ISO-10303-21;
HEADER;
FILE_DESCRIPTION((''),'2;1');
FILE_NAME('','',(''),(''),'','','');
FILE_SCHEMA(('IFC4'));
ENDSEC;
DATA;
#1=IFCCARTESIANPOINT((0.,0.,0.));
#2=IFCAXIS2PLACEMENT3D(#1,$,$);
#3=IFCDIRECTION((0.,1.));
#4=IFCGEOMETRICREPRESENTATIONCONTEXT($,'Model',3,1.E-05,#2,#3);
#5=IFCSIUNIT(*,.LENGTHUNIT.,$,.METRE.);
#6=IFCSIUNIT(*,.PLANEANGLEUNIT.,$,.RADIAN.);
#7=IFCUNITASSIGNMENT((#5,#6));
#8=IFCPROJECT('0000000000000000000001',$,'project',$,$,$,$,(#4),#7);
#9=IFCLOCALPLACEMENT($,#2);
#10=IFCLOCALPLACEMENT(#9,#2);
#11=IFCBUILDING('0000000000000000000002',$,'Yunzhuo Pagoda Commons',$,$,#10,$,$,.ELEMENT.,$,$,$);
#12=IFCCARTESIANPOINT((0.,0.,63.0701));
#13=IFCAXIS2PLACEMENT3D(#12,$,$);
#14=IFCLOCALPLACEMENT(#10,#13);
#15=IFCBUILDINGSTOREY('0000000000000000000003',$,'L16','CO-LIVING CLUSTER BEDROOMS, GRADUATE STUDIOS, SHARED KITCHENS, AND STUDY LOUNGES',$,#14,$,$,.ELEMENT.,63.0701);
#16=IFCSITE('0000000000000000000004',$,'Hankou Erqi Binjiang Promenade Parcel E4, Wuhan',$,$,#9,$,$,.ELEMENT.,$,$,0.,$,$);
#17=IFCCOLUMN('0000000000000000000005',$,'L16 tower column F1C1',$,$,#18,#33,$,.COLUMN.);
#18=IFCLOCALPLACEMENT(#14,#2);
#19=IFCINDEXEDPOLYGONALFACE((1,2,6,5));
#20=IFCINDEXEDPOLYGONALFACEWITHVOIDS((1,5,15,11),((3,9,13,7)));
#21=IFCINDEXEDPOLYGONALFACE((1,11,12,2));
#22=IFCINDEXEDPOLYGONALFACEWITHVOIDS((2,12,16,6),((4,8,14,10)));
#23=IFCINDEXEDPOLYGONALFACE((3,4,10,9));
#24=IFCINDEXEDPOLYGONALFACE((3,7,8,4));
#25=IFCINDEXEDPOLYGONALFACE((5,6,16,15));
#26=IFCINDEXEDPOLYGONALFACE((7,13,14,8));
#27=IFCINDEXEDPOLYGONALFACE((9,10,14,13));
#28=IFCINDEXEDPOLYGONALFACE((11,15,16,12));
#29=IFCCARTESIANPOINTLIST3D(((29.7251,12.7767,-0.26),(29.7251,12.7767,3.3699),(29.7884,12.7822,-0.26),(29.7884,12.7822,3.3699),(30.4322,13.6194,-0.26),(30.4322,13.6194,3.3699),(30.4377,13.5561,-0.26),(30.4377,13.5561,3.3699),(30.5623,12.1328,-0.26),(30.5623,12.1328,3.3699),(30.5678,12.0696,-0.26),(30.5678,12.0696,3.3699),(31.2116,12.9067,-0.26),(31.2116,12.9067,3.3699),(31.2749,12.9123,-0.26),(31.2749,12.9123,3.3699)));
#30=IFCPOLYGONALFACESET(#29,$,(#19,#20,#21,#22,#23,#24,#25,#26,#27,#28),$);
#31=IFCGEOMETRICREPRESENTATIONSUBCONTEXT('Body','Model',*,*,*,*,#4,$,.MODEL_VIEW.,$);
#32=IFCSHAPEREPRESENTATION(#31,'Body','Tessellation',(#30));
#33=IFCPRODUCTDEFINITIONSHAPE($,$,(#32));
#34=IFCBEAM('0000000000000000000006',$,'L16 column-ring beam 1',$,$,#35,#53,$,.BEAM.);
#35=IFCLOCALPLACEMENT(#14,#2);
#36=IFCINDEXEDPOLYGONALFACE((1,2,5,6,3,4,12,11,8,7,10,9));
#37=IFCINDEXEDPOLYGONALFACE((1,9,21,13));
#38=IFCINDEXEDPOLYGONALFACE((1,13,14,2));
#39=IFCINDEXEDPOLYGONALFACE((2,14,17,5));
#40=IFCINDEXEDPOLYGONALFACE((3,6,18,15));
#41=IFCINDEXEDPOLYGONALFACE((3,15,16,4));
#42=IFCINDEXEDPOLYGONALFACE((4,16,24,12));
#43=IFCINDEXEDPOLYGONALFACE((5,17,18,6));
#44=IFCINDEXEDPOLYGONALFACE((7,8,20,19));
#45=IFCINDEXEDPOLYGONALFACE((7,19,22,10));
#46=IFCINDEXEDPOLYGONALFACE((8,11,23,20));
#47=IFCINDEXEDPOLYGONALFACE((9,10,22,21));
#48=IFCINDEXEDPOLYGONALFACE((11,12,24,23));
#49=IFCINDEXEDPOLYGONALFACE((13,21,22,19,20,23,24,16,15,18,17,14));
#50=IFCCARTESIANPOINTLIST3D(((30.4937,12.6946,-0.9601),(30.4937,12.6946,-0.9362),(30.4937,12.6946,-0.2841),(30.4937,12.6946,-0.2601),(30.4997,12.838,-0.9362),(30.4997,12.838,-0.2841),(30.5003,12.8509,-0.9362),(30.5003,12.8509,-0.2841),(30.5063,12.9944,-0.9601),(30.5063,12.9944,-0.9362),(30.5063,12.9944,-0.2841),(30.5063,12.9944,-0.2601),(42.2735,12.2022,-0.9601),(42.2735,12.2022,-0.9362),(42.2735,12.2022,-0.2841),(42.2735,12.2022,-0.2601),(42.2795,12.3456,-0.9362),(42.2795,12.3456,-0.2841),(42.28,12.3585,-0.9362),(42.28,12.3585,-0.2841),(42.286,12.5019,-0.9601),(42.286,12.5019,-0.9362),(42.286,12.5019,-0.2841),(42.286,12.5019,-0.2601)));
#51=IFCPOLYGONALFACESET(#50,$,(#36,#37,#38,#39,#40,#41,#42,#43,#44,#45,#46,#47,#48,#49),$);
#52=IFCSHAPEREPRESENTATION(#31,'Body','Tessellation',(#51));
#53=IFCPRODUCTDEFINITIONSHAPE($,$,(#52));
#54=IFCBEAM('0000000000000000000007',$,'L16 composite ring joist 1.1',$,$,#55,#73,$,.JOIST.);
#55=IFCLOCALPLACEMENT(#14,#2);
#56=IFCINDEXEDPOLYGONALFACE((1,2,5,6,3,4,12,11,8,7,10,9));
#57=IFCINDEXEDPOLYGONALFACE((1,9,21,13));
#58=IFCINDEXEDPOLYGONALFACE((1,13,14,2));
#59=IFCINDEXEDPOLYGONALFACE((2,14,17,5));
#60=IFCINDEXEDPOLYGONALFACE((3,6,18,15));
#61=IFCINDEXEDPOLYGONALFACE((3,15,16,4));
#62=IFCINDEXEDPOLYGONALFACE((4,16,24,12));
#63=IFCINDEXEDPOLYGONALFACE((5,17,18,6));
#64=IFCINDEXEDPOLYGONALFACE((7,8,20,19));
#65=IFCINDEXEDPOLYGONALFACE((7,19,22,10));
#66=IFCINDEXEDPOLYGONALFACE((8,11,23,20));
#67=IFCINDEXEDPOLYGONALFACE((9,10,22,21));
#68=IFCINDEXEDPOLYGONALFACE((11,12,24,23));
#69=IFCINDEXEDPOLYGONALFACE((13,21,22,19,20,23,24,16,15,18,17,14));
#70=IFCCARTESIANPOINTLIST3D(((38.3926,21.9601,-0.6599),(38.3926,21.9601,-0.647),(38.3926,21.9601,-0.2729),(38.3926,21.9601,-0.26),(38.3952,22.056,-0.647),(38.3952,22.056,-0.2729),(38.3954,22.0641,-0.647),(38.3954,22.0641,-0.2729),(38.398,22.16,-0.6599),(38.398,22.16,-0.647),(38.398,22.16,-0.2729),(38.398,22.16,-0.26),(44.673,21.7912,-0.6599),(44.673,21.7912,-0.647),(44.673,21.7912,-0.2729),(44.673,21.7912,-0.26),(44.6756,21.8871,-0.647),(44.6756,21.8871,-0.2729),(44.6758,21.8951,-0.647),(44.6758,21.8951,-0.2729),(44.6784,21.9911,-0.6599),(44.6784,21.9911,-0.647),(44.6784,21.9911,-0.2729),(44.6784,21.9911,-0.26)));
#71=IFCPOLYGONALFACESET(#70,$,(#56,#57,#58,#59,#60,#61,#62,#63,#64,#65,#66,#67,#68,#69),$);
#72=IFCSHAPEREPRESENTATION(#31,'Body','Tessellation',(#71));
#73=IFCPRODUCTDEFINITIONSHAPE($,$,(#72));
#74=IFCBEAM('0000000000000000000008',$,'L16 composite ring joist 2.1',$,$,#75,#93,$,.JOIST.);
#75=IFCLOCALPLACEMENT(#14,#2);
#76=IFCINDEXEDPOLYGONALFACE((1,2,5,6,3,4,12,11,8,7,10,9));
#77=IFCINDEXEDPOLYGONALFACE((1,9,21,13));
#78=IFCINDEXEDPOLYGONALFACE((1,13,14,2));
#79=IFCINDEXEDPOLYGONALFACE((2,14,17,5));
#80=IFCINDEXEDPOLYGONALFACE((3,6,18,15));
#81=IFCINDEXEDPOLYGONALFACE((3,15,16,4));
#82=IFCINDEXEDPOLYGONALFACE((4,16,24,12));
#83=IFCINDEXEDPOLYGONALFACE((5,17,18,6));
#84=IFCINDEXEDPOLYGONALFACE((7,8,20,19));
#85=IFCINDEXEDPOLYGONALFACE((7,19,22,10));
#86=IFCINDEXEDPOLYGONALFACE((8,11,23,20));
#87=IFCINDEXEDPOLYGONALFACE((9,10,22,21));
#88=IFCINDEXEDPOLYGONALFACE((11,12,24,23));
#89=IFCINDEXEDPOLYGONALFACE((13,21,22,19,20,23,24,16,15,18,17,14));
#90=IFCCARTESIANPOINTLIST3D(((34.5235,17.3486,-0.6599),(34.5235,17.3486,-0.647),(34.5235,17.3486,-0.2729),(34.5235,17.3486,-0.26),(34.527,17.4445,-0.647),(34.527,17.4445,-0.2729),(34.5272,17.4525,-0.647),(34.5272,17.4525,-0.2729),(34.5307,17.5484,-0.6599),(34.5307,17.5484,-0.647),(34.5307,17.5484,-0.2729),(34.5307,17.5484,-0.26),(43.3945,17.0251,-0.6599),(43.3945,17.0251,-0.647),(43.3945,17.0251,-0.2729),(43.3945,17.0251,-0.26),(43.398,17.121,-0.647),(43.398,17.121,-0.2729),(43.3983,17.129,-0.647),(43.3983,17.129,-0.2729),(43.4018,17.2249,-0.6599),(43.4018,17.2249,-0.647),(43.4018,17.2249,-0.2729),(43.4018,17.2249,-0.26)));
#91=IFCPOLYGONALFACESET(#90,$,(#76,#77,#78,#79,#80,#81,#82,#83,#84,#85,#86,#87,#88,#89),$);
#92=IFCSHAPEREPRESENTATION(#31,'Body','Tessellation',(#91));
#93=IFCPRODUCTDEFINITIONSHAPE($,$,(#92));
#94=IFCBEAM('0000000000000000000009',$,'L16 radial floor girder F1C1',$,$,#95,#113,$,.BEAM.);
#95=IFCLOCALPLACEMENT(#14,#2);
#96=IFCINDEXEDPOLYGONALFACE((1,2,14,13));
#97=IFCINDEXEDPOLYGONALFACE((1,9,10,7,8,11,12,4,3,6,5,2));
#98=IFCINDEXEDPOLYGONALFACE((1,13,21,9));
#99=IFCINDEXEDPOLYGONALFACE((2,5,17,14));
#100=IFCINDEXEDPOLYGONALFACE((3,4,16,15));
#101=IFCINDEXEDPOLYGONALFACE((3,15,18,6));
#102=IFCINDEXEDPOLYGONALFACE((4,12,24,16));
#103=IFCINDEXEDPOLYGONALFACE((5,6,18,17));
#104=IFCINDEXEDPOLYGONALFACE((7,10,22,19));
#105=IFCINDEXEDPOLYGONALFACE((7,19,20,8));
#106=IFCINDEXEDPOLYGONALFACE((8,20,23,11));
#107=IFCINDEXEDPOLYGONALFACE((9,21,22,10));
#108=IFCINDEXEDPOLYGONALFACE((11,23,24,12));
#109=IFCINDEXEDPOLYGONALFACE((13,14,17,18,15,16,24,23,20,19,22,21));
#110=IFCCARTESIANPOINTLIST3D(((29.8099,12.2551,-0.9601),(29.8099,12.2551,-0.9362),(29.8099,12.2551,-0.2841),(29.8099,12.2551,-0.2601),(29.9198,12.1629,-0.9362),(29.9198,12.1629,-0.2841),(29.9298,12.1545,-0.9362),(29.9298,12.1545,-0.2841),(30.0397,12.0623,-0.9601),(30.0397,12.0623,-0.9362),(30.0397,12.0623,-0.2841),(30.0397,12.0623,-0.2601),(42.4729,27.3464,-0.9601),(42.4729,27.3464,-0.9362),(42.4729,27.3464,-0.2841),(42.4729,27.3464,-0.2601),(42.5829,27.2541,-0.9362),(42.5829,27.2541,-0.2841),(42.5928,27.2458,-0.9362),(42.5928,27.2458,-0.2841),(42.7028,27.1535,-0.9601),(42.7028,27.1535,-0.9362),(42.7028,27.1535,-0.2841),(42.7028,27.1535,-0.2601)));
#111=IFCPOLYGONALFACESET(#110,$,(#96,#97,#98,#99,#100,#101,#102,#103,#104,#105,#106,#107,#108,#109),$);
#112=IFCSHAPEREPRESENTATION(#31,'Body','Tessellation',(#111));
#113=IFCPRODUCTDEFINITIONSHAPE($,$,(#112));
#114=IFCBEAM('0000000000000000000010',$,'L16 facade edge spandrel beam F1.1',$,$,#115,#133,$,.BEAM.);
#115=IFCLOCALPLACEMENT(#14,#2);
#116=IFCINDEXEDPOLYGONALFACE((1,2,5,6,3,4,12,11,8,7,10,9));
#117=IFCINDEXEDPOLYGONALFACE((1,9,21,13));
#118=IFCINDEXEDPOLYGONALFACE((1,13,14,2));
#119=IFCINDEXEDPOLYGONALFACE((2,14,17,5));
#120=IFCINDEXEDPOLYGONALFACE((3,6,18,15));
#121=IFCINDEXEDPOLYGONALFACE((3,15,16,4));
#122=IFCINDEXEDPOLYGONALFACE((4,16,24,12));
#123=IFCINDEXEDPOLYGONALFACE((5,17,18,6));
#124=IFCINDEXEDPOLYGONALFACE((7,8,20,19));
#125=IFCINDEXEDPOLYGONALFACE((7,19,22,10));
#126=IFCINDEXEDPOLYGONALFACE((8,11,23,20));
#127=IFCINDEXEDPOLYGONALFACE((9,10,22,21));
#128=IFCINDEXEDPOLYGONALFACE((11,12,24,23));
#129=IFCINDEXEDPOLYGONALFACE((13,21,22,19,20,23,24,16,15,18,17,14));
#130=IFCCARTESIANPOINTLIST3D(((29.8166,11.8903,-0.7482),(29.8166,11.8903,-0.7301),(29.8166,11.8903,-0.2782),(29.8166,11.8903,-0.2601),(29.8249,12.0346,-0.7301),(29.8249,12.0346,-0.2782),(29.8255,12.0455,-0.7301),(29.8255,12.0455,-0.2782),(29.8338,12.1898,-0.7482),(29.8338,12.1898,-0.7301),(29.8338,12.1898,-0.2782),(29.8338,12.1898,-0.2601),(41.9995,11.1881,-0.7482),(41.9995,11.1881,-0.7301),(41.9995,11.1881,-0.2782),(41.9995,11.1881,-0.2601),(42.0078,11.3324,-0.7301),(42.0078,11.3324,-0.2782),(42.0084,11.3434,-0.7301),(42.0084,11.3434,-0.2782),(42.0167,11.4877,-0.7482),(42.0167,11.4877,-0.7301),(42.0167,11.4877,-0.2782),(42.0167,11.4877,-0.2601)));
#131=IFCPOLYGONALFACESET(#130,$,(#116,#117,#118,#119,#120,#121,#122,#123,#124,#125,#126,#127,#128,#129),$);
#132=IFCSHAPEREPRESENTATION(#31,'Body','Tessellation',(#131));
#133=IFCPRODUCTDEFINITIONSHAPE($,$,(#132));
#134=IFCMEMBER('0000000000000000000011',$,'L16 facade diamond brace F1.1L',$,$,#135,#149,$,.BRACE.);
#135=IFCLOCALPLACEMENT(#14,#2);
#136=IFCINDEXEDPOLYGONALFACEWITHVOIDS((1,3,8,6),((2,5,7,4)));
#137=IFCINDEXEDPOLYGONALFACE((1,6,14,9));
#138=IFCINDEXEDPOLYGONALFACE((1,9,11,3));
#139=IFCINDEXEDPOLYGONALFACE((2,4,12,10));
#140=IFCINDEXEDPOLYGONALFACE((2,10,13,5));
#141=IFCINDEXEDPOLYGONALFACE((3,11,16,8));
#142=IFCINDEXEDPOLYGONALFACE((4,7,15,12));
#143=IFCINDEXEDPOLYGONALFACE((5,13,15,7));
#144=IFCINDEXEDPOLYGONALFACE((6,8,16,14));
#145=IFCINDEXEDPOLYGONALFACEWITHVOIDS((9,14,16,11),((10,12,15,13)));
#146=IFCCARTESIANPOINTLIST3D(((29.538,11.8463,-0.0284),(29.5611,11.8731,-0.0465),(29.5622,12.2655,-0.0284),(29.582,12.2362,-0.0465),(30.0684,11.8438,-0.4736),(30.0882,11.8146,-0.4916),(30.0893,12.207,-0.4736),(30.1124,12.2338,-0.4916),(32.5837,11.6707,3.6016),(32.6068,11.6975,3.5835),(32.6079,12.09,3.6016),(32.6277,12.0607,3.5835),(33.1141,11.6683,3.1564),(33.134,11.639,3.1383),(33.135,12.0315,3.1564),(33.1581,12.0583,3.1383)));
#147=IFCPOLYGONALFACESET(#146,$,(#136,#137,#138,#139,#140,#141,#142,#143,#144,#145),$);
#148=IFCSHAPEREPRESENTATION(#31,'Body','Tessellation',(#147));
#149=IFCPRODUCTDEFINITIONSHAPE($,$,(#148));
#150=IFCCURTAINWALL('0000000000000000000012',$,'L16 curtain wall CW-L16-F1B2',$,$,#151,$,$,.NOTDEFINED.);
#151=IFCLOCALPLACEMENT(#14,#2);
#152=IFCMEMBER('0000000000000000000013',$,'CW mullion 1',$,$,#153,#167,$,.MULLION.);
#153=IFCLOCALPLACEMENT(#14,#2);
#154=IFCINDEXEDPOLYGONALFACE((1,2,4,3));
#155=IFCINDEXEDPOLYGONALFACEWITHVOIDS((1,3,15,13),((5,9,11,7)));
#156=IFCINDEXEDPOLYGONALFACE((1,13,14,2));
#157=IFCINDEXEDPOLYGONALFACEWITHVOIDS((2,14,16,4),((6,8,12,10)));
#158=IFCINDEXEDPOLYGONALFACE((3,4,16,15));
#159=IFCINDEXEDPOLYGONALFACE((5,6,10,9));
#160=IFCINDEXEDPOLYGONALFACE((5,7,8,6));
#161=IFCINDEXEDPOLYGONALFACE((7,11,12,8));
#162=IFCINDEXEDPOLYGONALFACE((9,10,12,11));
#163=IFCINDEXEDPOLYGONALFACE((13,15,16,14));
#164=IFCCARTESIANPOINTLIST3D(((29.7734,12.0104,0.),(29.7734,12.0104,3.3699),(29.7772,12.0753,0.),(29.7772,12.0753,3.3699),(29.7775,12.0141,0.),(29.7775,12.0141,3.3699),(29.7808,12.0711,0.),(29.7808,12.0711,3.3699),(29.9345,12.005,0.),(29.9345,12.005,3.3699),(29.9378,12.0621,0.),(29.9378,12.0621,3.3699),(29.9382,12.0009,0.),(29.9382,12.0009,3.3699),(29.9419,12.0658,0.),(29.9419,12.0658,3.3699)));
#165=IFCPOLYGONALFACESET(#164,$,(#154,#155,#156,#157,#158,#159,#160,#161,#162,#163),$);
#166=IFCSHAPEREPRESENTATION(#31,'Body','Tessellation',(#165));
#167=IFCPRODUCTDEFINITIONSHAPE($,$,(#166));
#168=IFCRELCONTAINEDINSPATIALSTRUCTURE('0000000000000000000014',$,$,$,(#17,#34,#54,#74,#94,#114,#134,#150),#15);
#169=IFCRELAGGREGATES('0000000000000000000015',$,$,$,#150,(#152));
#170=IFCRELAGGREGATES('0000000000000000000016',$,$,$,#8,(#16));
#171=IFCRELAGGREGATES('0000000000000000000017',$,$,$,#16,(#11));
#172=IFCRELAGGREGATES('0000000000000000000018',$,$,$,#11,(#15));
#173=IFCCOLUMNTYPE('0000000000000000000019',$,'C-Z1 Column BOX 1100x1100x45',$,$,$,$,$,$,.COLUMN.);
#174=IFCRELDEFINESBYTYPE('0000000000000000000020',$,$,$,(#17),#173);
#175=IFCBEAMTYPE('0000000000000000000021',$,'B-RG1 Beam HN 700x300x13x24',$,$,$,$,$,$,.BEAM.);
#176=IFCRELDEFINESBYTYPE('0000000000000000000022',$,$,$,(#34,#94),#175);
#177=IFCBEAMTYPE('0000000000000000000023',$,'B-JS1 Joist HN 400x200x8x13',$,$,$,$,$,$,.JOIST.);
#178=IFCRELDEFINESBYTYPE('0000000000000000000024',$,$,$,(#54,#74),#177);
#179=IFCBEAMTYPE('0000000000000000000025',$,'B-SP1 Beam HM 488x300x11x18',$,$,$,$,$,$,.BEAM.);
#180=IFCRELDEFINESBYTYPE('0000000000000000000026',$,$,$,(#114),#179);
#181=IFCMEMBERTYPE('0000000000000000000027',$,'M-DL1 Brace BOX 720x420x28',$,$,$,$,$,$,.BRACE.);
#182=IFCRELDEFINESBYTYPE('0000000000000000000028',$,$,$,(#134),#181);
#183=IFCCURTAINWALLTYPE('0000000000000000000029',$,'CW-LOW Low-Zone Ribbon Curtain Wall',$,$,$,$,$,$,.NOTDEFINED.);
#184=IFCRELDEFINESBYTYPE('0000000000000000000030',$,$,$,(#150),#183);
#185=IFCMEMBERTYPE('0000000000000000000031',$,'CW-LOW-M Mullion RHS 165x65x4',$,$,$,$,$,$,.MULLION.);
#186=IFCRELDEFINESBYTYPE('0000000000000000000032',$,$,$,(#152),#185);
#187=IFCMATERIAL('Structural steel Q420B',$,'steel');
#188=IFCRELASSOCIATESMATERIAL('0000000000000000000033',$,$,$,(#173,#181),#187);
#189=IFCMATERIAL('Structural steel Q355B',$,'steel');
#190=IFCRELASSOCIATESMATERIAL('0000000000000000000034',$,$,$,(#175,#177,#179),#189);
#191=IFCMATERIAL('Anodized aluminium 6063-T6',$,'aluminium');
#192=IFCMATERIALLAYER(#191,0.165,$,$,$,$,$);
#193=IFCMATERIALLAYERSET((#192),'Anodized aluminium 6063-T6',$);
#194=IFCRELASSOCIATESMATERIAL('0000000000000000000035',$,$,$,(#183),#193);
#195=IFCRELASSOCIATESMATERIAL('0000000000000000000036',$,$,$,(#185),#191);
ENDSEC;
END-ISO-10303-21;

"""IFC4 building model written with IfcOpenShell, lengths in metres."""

from ifc_helpers import new_model, si_unit, direction, frame, origin, origin_2d, place, context, subcontext, project, spatial, hollow_rectangle, i_section, extrude, source, transform, mapped, material, layer, layer_set, material_profile, profile_set, type_object, element, aggregate, save


model = new_model("IFC4")

# Units and contexts
model_context = context("Model", 3, precision=1e-05, world=origin(), true_north=direction((0.0, 1.0)))
body_context = subcontext(model_context, "Body", "Model", "MODEL_VIEW")
ifc_project = project(units=[si_unit("LENGTHUNIT", "METRE"), si_unit("PLANEANGLEUNIT", "RADIAN")], contexts=[model_context])

# Site, building, storey
site_placement = place(None, origin())
site = spatial("IfcSite", under=ifc_project, at=site_placement, Name="Hankou Erqi Binjiang Promenade Parcel E4, Wuhan", CompositionType="ELEMENT", RefElevation=0.0)
building_placement = place(site_placement, origin())
building = spatial("IfcBuilding", under=site, at=building_placement, Name="Yunzhuo Pagoda Commons", CompositionType="ELEMENT")
storey_placement = place(building_placement, frame((0.0, 0.0, 63.0701)))
storey = spatial("IfcBuildingStorey", under=building, at=storey_placement, Name="L16", Description="CO-LIVING CLUSTER BEDROOMS, GRADUATE STUDIOS, SHARED KITCHENS, AND STUDY LOUNGES", CompositionType="ELEMENT", Elevation=63.0701)

# Column
ifc_material_1 = material(Name="Structural steel Q420B", Category="steel")
ifc_material_profile_1 = material_profile(ifc_material_1, hollow_rectangle(XDim=1.1001, YDim=1.1001, WallThickness=0.0449, at=origin_2d()), Name="Structural steel Q420B")
ifc_profile_set_1 = profile_set([ifc_material_profile_1], Name="Structural steel Q420B")
column_type = type_object("IfcColumnType", Name="C-Z1 Column BOX 1100x1100x45", PredefinedType="COLUMN", material=ifc_profile_set_1)
shared_shape_1 = source(origin(), body_context, "Body", "SweptSolid", [
    extrude(hollow_rectangle(XDim=1.1001, YDim=1.1001, WallThickness=0.0449, at=origin_2d()), origin(), (0.0, 0.0, 1.0), 3.6299),
])
column_placement = place(storey_placement, frame((30.5, 12.8445, -0.26), z_axis=(0.0, 0.0, 1.0), x_axis=(0.766044, -0.642788, 0.0)))
element("IfcColumn", 1, at=column_placement, inside=storey, type_object=column_type, Name="L16 tower column F1C1", PredefinedType="COLUMN", context=body_context, shape_type="MappedRepresentation", body=[
    mapped(shared_shape_1, transform((0.0, 0.0, 0.0), scale=1.0)),
])

# Beams
ifc_material_2 = material(Name="Structural steel Q355B", Category="steel")
ifc_material_profile_2 = material_profile(ifc_material_2, i_section(OverallWidth=0.3, OverallDepth=0.7, WebThickness=0.0129, FlangeThickness=0.0239, at=origin_2d()), Name="Structural steel Q355B")
ifc_profile_set_2 = profile_set([ifc_material_profile_2], Name="Structural steel Q355B")
beam_type_1 = type_object("IfcBeamType", Name="B-RG1 Beam HN 700x300x13x24", PredefinedType="BEAM", material=ifc_profile_set_2)
shared_shape_2 = source(origin(), body_context, "Body", "SweptSolid", [
    extrude(i_section(OverallWidth=0.3, OverallDepth=0.7, WebThickness=0.0129, FlangeThickness=0.0239, at=origin_2d()), origin(), (0.0, 0.0, 1.0), 11.79),
])
beam_1_placement = place(storey_placement, frame((30.5, 12.8445, -0.6101), z_axis=(0.999127, -0.041767, 0.0), x_axis=(0.041767, 0.999127, 0.0)))
element("IfcBeam", 2, at=beam_1_placement, inside=storey, type_object=beam_type_1, Name="L16 column-ring beam 1", PredefinedType="BEAM", context=body_context, shape_type="MappedRepresentation", body=[
    mapped(shared_shape_2, transform((0.0, 0.0, 0.0), scale=1.0)),
])
ifc_material_profile_3 = material_profile(ifc_material_2, i_section(OverallWidth=0.2, OverallDepth=0.3999, WebThickness=0.0081, FlangeThickness=0.0129, at=origin_2d()), Name="Structural steel Q355B")
ifc_profile_set_3 = profile_set([ifc_material_profile_3], Name="Structural steel Q355B")
beam_type_2 = type_object("IfcBeamType", Name="B-JS1 Joist HN 400x200x8x13", PredefinedType="JOIST", material=ifc_profile_set_3)
shared_shape_3 = source(origin(), body_context, "Body", "SweptSolid", [
    extrude(i_section(OverallWidth=0.2, OverallDepth=0.3999, WebThickness=0.0081, FlangeThickness=0.0129, at=origin_2d()), origin(), (0.0, 0.0, 1.0), 6.2827),
])
beam_2_placement = place(storey_placement, frame((38.3953, 22.0601, -0.46), z_axis=(0.999638, -0.02689, 0.0), x_axis=(0.02689, 0.999638, 0.0)))
element("IfcBeam", 3, at=beam_2_placement, inside=storey, type_object=beam_type_2, Name="L16 composite ring joist 1.1", PredefinedType="JOIST", context=body_context, shape_type="MappedRepresentation", body=[
    mapped(shared_shape_3, transform((0.0, 0.0, 0.0), scale=1.0)),
])
shared_shape_4 = source(origin(), body_context, "Body", "SweptSolid", [
    extrude(i_section(OverallWidth=0.2, OverallDepth=0.3999, WebThickness=0.0081, FlangeThickness=0.0129, at=origin_2d()), origin(), (0.0, 0.0, 1.0), 8.877),
])
beam_3_placement = place(storey_placement, frame((34.5271, 17.4485, -0.46), z_axis=(0.999336, -0.036441, 0.0), x_axis=(0.036441, 0.999336, 0.0)))
element("IfcBeam", 4, at=beam_3_placement, inside=storey, type_object=beam_type_2, Name="L16 composite ring joist 2.1", PredefinedType="JOIST", context=body_context, shape_type="MappedRepresentation", body=[
    mapped(shared_shape_4, transform((0.0, 0.0, 0.0), scale=1.0)),
])
shared_shape_5 = source(origin(), body_context, "Body", "SweptSolid", [
    extrude(i_section(OverallWidth=0.3, OverallDepth=0.7, WebThickness=0.0129, FlangeThickness=0.0239, at=origin_2d()), origin(), (0.0, 0.0, 1.0), 19.7002),
])
beam_4_placement = place(storey_placement, frame((29.9248, 12.1587, -0.6101), z_axis=(0.642787, 0.766045, 0.0), x_axis=(-0.766045, 0.642787, 0.0)))
element("IfcBeam", 5, at=beam_4_placement, inside=storey, type_object=beam_type_1, Name="L16 radial floor girder F1C1", PredefinedType="BEAM", context=body_context, shape_type="MappedRepresentation", body=[
    mapped(shared_shape_5, transform((0.0, 0.0, 0.0), scale=1.0)),
])
ifc_material_profile_4 = material_profile(ifc_material_2, i_section(OverallWidth=0.3, OverallDepth=0.488, WebThickness=0.011, FlangeThickness=0.0181, at=origin_2d()), Name="Structural steel Q355B")
ifc_profile_set_4 = profile_set([ifc_material_profile_4], Name="Structural steel Q355B")
beam_type_3 = type_object("IfcBeamType", Name="B-SP1 Beam HM 488x300x11x18", PredefinedType="BEAM", material=ifc_profile_set_4)
shared_shape_6 = source(origin(), body_context, "Body", "SweptSolid", [
    extrude(i_section(OverallWidth=0.3, OverallDepth=0.488, WebThickness=0.011, FlangeThickness=0.0181, at=origin_2d()), origin(), (0.0, 0.0, 1.0), 12.2031),
])
beam_5_placement = place(storey_placement, frame((29.8252, 12.04, -0.5042), z_axis=(0.998343, -0.057539, 0.0), x_axis=(0.057539, 0.998343, 0.0)))
element("IfcBeam", 6, at=beam_5_placement, inside=storey, type_object=beam_type_3, Name="L16 facade edge spandrel beam F1.1", PredefinedType="BEAM", context=body_context, shape_type="MappedRepresentation", body=[
    mapped(shared_shape_6, transform((0.0, 0.0, 0.0), scale=1.0)),
])

# Member
ifc_material_profile_5 = material_profile(ifc_material_1, hollow_rectangle(XDim=0.4199, YDim=0.72, WallThickness=0.0281, at=origin_2d()), Name="Structural steel Q420B")
ifc_profile_set_5 = profile_set([ifc_material_profile_5], Name="Structural steel Q420B")
member_type_1 = type_object("IfcMemberType", Name="M-DL1 Brace BOX 720x420x28", PredefinedType="BRACE", material=ifc_profile_set_5)
shared_shape_7 = source(origin(), body_context, "Body", "SweptSolid", [
    extrude(hollow_rectangle(XDim=0.4199, YDim=0.72, WallThickness=0.0281, at=origin_2d()), origin(), (0.0, 0.0, 1.0), 4.7417),
])
member_1_placement = place(storey_placement, frame((29.8252, 12.04, -0.26), z_axis=(0.642325, -0.037021, 0.765538), x_axis=(0.05754, 0.998343, 0.0)))
element("IfcMember", 7, at=member_1_placement, inside=storey, type_object=member_type_1, Name="L16 facade diamond brace F1.1L", PredefinedType="BRACE", context=body_context, shape_type="MappedRepresentation", body=[
    mapped(shared_shape_7, transform((0.0, 0.0, 0.0), scale=1.0)),
])

# Curtain wall, member
ifc_material_3 = material(Name="Anodized aluminium 6063-T6", Category="aluminium")
ifc_layer_1 = layer(ifc_material_3, 0.165)
ifc_layer_set_1 = layer_set([ifc_layer_1], Name="Anodized aluminium 6063-T6")
curtain_wall_type_1 = type_object("IfcCurtainWallType", Name="CW-LOW Low-Zone Ribbon Curtain Wall", PredefinedType="NOTDEFINED", material=ifc_layer_set_1)
curtain_wall_1_placement = place(storey_placement, origin())
curtain_wall_1 = element("IfcCurtainWall", 8, at=curtain_wall_1_placement, inside=storey, type_object=curtain_wall_type_1, Name="L16 curtain wall CW-L16-F1B2", PredefinedType="NOTDEFINED")
ifc_material_profile_6 = material_profile(ifc_material_3, hollow_rectangle(XDim=0.0649, YDim=0.165, WallThickness=0.0039, at=origin_2d()), Name="Anodized aluminium 6063-T6")
ifc_profile_set_6 = profile_set([ifc_material_profile_6], Name="Anodized aluminium 6063-T6")
member_type_2 = type_object("IfcMemberType", Name="CW-LOW-M Mullion RHS 165x65x4", PredefinedType="MULLION", material=ifc_profile_set_6)
shared_shape_8 = source(origin(), body_context, "Body", "SweptSolid", [
    extrude(hollow_rectangle(XDim=0.0649, YDim=0.165, WallThickness=0.0039, at=origin_2d()), origin(), (0.0, 0.0, 1.0), 3.3699),
])
member_2_placement = place(storey_placement, frame((29.8577, 12.0381, 0.0), z_axis=(0.0, 0.0, 1.0), x_axis=(0.057542, 0.998343, 0.0)))
member_2 = element("IfcMember", 9, at=member_2_placement, type_object=member_type_2, Name="CW mullion 1", PredefinedType="MULLION", context=body_context, shape_type="MappedRepresentation", body=[
    mapped(shared_shape_8, transform((0.0, 0.0, 0.0), scale=1.0)),
])

aggregate(curtain_wall_1, [member_2])

save(model, "model.ifc")
